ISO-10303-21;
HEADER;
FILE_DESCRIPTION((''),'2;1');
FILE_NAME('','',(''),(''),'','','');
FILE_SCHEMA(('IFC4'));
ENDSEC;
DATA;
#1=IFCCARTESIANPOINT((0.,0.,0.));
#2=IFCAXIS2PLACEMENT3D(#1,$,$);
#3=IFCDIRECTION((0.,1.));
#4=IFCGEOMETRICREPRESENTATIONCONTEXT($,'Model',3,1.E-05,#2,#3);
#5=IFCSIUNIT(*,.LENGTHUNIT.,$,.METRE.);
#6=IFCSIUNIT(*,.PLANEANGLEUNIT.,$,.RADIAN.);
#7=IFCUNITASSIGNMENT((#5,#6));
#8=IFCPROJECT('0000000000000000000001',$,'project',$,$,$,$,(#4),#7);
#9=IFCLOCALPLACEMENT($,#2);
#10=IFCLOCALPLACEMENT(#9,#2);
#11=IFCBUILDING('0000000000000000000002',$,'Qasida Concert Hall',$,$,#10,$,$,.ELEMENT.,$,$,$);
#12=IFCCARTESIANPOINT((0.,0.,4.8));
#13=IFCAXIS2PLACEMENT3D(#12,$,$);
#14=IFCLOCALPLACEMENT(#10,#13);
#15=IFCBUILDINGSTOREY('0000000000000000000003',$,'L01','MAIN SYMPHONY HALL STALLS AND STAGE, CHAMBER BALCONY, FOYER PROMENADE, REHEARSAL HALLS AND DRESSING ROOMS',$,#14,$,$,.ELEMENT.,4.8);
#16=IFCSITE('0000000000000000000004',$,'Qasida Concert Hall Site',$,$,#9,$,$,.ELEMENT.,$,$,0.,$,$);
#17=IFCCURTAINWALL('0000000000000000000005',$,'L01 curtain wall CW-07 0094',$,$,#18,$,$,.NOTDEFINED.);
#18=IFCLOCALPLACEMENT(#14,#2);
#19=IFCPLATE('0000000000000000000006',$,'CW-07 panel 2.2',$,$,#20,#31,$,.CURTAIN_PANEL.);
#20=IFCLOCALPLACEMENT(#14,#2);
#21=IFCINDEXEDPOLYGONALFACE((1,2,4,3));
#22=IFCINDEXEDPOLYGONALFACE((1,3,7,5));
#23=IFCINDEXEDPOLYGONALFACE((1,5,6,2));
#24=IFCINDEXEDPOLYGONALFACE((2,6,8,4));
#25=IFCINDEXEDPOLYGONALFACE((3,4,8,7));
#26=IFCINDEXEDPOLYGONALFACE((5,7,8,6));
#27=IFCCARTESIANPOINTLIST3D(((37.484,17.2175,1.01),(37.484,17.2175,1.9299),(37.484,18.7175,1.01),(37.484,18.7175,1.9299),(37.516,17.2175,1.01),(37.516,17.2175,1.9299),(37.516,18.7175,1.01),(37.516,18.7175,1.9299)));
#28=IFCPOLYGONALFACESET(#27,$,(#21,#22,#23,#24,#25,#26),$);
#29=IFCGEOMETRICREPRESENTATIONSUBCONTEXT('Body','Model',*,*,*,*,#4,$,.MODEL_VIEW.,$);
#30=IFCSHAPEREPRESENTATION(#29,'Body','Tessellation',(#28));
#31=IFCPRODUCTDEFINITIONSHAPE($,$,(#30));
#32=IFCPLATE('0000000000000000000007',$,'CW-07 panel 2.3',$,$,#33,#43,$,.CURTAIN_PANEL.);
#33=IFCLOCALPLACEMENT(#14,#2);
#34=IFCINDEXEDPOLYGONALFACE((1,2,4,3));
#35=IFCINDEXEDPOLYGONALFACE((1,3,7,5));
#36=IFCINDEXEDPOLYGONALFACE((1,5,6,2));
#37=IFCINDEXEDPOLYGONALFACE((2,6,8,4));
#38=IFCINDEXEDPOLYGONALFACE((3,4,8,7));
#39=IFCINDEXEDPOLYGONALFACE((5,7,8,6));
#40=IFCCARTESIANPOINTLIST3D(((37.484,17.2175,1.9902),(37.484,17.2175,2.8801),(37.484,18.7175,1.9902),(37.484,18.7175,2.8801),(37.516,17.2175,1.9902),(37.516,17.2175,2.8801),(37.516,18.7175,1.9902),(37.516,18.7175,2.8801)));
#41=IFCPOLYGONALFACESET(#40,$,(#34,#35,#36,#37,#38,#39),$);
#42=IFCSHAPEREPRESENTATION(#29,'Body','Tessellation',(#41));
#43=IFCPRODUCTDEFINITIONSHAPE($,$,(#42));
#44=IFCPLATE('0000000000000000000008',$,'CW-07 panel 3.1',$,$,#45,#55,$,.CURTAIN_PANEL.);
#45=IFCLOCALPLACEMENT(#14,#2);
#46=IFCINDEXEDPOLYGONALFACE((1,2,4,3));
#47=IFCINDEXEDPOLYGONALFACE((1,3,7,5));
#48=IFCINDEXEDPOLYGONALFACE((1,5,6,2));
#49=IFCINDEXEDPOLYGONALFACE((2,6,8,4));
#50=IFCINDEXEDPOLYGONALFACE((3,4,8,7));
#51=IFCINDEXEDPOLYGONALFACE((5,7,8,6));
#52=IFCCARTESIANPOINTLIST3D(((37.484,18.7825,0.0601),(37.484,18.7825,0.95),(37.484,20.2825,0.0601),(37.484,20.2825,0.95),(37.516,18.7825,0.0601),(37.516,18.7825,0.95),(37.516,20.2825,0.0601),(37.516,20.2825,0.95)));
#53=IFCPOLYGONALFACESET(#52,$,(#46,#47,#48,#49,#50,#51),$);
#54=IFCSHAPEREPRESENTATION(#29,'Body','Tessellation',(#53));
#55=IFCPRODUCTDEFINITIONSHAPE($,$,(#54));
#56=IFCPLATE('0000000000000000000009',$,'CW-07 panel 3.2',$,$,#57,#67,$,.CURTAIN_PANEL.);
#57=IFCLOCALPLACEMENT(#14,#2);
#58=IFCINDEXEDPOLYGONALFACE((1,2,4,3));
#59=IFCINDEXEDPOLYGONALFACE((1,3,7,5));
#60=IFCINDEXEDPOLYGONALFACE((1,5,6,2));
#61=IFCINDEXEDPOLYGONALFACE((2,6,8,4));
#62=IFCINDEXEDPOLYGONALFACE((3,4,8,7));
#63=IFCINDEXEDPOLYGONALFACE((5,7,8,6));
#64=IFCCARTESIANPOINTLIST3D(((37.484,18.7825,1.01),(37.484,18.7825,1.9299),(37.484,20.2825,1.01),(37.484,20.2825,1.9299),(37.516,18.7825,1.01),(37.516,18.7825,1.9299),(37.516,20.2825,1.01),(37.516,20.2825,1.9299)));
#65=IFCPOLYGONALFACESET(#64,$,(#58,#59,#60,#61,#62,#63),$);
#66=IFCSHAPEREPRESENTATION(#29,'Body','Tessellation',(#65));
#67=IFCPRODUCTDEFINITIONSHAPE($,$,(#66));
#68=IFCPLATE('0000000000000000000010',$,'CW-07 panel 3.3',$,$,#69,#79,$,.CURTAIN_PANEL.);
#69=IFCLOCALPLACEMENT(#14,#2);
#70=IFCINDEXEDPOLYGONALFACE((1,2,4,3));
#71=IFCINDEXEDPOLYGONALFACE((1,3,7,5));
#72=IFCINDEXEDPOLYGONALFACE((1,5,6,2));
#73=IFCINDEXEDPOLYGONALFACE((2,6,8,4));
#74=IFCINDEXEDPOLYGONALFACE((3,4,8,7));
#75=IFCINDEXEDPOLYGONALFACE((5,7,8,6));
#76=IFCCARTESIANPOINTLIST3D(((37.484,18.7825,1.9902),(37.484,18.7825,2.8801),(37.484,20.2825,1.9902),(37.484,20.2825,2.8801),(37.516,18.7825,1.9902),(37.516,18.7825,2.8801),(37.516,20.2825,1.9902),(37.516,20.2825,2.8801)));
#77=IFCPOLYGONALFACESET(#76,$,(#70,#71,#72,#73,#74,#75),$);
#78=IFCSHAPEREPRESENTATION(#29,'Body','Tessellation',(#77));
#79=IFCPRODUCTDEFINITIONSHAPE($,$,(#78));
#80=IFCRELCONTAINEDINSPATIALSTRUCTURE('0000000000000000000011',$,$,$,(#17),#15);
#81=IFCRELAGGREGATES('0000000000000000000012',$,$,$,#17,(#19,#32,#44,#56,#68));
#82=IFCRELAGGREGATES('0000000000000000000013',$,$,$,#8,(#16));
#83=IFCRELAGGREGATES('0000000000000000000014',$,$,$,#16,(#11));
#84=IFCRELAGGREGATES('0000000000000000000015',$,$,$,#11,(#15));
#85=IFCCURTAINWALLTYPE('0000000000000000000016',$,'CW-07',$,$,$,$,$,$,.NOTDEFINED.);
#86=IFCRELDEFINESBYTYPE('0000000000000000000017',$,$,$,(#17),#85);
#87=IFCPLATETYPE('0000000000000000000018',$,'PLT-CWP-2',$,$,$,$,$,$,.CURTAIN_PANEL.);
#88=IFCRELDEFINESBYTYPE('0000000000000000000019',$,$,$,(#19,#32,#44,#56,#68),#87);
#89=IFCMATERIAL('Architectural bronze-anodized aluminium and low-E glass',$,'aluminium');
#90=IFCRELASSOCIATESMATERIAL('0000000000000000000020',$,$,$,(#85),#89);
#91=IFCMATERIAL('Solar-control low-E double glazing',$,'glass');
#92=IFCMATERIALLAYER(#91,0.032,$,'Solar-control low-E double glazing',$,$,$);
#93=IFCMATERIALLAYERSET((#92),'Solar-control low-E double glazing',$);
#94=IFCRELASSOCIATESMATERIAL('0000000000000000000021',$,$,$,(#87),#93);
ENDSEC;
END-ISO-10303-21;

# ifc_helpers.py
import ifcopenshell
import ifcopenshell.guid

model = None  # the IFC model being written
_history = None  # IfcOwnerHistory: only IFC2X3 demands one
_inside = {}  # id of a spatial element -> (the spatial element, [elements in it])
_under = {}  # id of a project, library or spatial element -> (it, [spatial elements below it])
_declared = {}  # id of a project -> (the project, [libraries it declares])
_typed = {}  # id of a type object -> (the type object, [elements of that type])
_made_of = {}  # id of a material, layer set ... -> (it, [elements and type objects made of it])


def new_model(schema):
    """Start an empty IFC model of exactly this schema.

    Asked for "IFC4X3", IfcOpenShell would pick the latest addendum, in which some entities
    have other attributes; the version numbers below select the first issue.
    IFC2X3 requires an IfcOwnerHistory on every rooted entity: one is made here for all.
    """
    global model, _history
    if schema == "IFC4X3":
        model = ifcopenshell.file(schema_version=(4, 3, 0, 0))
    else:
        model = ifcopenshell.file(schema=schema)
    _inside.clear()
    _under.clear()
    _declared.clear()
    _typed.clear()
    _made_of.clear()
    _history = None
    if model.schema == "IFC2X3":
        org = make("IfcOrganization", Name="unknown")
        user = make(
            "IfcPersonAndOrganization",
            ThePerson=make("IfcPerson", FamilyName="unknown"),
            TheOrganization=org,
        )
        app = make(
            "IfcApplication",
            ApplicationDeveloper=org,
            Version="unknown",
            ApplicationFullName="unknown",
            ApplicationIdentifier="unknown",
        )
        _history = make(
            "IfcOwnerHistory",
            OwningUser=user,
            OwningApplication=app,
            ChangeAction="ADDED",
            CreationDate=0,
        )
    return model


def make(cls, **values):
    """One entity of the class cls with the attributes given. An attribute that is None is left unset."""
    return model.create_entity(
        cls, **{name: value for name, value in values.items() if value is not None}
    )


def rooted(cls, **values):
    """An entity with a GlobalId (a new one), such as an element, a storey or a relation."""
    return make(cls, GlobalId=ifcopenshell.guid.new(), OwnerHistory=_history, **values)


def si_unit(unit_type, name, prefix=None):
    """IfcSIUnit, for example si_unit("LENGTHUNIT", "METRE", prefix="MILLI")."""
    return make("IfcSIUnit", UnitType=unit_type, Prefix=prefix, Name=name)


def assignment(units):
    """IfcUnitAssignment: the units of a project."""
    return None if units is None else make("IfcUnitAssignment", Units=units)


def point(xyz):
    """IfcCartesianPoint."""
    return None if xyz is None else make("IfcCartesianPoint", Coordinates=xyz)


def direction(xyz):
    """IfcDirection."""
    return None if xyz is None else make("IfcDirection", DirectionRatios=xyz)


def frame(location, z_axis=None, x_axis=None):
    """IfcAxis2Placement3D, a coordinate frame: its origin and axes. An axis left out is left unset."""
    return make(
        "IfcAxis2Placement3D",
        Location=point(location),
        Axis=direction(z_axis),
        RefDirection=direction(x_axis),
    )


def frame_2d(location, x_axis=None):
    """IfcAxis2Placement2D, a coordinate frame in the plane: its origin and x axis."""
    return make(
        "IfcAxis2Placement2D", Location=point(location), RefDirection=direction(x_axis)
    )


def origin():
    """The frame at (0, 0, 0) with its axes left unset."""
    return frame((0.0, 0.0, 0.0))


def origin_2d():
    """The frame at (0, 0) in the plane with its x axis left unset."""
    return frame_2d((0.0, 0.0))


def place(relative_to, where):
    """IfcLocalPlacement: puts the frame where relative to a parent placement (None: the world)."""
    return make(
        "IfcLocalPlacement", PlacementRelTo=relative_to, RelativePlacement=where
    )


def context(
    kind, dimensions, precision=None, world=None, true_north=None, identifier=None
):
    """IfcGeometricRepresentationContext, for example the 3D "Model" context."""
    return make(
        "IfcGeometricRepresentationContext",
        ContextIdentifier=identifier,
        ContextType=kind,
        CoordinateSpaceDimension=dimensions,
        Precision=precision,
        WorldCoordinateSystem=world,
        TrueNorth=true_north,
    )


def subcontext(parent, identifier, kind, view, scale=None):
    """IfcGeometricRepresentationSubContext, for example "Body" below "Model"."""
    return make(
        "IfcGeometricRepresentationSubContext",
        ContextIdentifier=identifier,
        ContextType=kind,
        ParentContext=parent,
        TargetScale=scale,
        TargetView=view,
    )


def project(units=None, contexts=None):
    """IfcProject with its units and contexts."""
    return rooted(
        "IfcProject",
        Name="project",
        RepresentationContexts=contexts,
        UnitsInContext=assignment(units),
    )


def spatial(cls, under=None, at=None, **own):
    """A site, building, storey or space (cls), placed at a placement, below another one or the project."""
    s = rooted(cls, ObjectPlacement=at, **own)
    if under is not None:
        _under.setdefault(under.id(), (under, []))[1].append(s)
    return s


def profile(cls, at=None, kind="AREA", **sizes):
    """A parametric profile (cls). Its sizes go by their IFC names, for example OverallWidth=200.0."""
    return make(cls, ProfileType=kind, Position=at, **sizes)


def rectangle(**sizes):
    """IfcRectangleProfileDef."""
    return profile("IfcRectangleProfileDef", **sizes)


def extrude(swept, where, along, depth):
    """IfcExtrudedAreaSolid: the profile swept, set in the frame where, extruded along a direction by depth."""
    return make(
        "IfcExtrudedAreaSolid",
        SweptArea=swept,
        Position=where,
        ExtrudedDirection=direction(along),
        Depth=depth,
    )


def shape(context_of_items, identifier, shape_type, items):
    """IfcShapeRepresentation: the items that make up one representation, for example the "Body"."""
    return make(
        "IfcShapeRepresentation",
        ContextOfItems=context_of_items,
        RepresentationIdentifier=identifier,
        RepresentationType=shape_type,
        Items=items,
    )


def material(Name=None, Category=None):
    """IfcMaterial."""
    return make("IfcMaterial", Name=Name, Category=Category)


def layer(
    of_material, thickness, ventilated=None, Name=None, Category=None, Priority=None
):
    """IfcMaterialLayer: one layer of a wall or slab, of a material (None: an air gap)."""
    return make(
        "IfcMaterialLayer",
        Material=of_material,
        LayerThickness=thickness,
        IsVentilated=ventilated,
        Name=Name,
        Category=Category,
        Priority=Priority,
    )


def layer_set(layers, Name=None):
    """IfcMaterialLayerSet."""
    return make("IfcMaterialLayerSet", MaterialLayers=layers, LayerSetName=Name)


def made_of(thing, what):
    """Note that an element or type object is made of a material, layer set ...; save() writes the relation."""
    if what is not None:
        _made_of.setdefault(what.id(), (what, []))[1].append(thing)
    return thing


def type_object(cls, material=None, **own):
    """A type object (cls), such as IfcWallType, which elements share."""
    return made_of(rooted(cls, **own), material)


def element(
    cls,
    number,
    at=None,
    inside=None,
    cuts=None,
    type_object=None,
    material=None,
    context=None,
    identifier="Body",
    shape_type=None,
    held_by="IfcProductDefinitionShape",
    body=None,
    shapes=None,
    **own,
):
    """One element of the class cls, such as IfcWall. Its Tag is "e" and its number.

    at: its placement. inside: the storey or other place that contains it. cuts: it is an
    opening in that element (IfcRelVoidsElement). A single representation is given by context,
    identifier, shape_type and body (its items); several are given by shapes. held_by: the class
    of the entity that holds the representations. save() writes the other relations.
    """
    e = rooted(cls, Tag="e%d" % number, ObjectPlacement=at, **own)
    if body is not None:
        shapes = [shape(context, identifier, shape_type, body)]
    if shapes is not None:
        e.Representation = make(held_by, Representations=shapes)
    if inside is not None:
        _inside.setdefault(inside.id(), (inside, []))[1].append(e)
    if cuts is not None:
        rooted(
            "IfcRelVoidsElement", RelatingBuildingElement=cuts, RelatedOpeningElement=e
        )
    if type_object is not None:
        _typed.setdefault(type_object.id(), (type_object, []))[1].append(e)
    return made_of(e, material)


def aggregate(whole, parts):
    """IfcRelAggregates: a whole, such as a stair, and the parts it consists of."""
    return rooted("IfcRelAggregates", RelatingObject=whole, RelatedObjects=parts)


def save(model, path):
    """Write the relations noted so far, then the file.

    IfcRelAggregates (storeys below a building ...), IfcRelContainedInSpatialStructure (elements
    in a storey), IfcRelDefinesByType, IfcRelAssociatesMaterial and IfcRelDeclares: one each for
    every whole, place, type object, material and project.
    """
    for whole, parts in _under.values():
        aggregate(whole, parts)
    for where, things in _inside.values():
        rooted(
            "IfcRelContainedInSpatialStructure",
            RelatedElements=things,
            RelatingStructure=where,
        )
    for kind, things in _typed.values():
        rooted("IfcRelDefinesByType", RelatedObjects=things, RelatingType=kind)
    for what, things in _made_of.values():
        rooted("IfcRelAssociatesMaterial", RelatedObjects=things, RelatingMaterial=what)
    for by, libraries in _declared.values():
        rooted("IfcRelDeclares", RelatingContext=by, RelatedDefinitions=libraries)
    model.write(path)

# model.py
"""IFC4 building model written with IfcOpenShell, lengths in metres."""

from ifc_helpers import new_model, si_unit, direction, frame, origin, origin_2d, place, context, subcontext, project, spatial, rectangle, extrude, material, layer, layer_set, type_object, element, aggregate, save


model = new_model("IFC4")

# Units and contexts
model_context = context("Model", 3, precision=1e-05, world=origin(), true_north=direction((0.0, 1.0)))
body_context = subcontext(model_context, "Body", "Model", "MODEL_VIEW")
ifc_project = project(units=[si_unit("LENGTHUNIT", "METRE"), si_unit("PLANEANGLEUNIT", "RADIAN")], contexts=[model_context])

# Site, building, storey
site_placement = place(None, origin())
site = spatial("IfcSite", under=ifc_project, at=site_placement, Name="Qasida Concert Hall Site", CompositionType="ELEMENT", RefElevation=0.0)
building_placement = place(site_placement, origin())
building = spatial("IfcBuilding", under=site, at=building_placement, Name="Qasida Concert Hall", CompositionType="ELEMENT")
storey_placement = place(building_placement, frame((0.0, 0.0, 4.8)))
storey = spatial("IfcBuildingStorey", under=building, at=storey_placement, Name="L01", Description="MAIN SYMPHONY HALL STALLS AND STAGE, CHAMBER BALCONY, FOYER PROMENADE, REHEARSAL HALLS AND DRESSING ROOMS", CompositionType="ELEMENT", Elevation=4.8)

# Curtain wall, plates
ifc_material_1 = material(Name="Architectural bronze-anodized aluminium and low-E glass", Category="aluminium")
curtain_wall_type = type_object("IfcCurtainWallType", Name="CW-07", PredefinedType="NOTDEFINED", material=ifc_material_1)
curtain_wall_placement = place(storey_placement, origin())
curtain_wall = element("IfcCurtainWall", 1, at=curtain_wall_placement, inside=storey, type_object=curtain_wall_type, Name="L01 curtain wall CW-07 0094", PredefinedType="NOTDEFINED")
ifc_material_2 = material(Name="Solar-control low-E double glazing", Category="glass")
ifc_layer = layer(ifc_material_2, 0.032, Name="Solar-control low-E double glazing")
ifc_layer_set = layer_set([ifc_layer], Name="Solar-control low-E double glazing")
plate_type = type_object("IfcPlateType", Name="PLT-CWP-2", PredefinedType="CURTAIN_PANEL", material=ifc_layer_set)
plate_1_placement = place(storey_placement, frame((37.5, 17.9675, 1.01), z_axis=(0.0, 0.0, 1.0), x_axis=(0.0, 1.0, 0.0)))
plate_1 = element("IfcPlate", 2, at=plate_1_placement, type_object=plate_type, Name="CW-07 panel 2.2", PredefinedType="CURTAIN_PANEL", context=body_context, shape_type="SweptSolid", body=[
    extrude(rectangle(XDim=1.5, YDim=0.032, at=origin_2d()), origin(), (0.0, 0.0, 1.0), 0.9199),
])
plate_2_placement = place(storey_placement, frame((37.5, 17.9675, 1.9902), z_axis=(0.0, 0.0, 1.0), x_axis=(0.0, 1.0, 0.0)))
plate_2 = element("IfcPlate", 3, at=plate_2_placement, type_object=plate_type, Name="CW-07 panel 2.3", PredefinedType="CURTAIN_PANEL", context=body_context, shape_type="SweptSolid", body=[
    extrude(rectangle(XDim=1.5, YDim=0.032, at=origin_2d()), origin(), (0.0, 0.0, 1.0), 0.8899),
])
plate_3_placement = place(storey_placement, frame((37.5, 19.5325, 0.0601), z_axis=(0.0, 0.0, 1.0), x_axis=(0.0, 1.0, 0.0)))
plate_3 = element("IfcPlate", 4, at=plate_3_placement, type_object=plate_type, Name="CW-07 panel 3.1", PredefinedType="CURTAIN_PANEL", context=body_context, shape_type="SweptSolid", body=[
    extrude(rectangle(XDim=1.5, YDim=0.032, at=origin_2d()), origin(), (0.0, 0.0, 1.0), 0.8899),
])
plate_4_placement = place(storey_placement, frame((37.5, 19.5325, 1.01), z_axis=(0.0, 0.0, 1.0), x_axis=(0.0, 1.0, 0.0)))
plate_4 = element("IfcPlate", 5, at=plate_4_placement, type_object=plate_type, Name="CW-07 panel 3.2", PredefinedType="CURTAIN_PANEL", context=body_context, shape_type="SweptSolid", body=[
    extrude(rectangle(XDim=1.5, YDim=0.032, at=origin_2d()), origin(), (0.0, 0.0, 1.0), 0.9199),
])
plate_5_placement = place(storey_placement, frame((37.5, 19.5325, 1.9902), z_axis=(0.0, 0.0, 1.0), x_axis=(0.0, 1.0, 0.0)))
plate_5 = element("IfcPlate", 6, at=plate_5_placement, type_object=plate_type, Name="CW-07 panel 3.3", PredefinedType="CURTAIN_PANEL", context=body_context, shape_type="SweptSolid", body=[
    extrude(rectangle(XDim=1.5, YDim=0.032, at=origin_2d()), origin(), (0.0, 0.0, 1.0), 0.8899),
])
aggregate(curtain_wall, [plate_1, plate_2, plate_3, plate_4, plate_5])

save(model, "model.ifc")
